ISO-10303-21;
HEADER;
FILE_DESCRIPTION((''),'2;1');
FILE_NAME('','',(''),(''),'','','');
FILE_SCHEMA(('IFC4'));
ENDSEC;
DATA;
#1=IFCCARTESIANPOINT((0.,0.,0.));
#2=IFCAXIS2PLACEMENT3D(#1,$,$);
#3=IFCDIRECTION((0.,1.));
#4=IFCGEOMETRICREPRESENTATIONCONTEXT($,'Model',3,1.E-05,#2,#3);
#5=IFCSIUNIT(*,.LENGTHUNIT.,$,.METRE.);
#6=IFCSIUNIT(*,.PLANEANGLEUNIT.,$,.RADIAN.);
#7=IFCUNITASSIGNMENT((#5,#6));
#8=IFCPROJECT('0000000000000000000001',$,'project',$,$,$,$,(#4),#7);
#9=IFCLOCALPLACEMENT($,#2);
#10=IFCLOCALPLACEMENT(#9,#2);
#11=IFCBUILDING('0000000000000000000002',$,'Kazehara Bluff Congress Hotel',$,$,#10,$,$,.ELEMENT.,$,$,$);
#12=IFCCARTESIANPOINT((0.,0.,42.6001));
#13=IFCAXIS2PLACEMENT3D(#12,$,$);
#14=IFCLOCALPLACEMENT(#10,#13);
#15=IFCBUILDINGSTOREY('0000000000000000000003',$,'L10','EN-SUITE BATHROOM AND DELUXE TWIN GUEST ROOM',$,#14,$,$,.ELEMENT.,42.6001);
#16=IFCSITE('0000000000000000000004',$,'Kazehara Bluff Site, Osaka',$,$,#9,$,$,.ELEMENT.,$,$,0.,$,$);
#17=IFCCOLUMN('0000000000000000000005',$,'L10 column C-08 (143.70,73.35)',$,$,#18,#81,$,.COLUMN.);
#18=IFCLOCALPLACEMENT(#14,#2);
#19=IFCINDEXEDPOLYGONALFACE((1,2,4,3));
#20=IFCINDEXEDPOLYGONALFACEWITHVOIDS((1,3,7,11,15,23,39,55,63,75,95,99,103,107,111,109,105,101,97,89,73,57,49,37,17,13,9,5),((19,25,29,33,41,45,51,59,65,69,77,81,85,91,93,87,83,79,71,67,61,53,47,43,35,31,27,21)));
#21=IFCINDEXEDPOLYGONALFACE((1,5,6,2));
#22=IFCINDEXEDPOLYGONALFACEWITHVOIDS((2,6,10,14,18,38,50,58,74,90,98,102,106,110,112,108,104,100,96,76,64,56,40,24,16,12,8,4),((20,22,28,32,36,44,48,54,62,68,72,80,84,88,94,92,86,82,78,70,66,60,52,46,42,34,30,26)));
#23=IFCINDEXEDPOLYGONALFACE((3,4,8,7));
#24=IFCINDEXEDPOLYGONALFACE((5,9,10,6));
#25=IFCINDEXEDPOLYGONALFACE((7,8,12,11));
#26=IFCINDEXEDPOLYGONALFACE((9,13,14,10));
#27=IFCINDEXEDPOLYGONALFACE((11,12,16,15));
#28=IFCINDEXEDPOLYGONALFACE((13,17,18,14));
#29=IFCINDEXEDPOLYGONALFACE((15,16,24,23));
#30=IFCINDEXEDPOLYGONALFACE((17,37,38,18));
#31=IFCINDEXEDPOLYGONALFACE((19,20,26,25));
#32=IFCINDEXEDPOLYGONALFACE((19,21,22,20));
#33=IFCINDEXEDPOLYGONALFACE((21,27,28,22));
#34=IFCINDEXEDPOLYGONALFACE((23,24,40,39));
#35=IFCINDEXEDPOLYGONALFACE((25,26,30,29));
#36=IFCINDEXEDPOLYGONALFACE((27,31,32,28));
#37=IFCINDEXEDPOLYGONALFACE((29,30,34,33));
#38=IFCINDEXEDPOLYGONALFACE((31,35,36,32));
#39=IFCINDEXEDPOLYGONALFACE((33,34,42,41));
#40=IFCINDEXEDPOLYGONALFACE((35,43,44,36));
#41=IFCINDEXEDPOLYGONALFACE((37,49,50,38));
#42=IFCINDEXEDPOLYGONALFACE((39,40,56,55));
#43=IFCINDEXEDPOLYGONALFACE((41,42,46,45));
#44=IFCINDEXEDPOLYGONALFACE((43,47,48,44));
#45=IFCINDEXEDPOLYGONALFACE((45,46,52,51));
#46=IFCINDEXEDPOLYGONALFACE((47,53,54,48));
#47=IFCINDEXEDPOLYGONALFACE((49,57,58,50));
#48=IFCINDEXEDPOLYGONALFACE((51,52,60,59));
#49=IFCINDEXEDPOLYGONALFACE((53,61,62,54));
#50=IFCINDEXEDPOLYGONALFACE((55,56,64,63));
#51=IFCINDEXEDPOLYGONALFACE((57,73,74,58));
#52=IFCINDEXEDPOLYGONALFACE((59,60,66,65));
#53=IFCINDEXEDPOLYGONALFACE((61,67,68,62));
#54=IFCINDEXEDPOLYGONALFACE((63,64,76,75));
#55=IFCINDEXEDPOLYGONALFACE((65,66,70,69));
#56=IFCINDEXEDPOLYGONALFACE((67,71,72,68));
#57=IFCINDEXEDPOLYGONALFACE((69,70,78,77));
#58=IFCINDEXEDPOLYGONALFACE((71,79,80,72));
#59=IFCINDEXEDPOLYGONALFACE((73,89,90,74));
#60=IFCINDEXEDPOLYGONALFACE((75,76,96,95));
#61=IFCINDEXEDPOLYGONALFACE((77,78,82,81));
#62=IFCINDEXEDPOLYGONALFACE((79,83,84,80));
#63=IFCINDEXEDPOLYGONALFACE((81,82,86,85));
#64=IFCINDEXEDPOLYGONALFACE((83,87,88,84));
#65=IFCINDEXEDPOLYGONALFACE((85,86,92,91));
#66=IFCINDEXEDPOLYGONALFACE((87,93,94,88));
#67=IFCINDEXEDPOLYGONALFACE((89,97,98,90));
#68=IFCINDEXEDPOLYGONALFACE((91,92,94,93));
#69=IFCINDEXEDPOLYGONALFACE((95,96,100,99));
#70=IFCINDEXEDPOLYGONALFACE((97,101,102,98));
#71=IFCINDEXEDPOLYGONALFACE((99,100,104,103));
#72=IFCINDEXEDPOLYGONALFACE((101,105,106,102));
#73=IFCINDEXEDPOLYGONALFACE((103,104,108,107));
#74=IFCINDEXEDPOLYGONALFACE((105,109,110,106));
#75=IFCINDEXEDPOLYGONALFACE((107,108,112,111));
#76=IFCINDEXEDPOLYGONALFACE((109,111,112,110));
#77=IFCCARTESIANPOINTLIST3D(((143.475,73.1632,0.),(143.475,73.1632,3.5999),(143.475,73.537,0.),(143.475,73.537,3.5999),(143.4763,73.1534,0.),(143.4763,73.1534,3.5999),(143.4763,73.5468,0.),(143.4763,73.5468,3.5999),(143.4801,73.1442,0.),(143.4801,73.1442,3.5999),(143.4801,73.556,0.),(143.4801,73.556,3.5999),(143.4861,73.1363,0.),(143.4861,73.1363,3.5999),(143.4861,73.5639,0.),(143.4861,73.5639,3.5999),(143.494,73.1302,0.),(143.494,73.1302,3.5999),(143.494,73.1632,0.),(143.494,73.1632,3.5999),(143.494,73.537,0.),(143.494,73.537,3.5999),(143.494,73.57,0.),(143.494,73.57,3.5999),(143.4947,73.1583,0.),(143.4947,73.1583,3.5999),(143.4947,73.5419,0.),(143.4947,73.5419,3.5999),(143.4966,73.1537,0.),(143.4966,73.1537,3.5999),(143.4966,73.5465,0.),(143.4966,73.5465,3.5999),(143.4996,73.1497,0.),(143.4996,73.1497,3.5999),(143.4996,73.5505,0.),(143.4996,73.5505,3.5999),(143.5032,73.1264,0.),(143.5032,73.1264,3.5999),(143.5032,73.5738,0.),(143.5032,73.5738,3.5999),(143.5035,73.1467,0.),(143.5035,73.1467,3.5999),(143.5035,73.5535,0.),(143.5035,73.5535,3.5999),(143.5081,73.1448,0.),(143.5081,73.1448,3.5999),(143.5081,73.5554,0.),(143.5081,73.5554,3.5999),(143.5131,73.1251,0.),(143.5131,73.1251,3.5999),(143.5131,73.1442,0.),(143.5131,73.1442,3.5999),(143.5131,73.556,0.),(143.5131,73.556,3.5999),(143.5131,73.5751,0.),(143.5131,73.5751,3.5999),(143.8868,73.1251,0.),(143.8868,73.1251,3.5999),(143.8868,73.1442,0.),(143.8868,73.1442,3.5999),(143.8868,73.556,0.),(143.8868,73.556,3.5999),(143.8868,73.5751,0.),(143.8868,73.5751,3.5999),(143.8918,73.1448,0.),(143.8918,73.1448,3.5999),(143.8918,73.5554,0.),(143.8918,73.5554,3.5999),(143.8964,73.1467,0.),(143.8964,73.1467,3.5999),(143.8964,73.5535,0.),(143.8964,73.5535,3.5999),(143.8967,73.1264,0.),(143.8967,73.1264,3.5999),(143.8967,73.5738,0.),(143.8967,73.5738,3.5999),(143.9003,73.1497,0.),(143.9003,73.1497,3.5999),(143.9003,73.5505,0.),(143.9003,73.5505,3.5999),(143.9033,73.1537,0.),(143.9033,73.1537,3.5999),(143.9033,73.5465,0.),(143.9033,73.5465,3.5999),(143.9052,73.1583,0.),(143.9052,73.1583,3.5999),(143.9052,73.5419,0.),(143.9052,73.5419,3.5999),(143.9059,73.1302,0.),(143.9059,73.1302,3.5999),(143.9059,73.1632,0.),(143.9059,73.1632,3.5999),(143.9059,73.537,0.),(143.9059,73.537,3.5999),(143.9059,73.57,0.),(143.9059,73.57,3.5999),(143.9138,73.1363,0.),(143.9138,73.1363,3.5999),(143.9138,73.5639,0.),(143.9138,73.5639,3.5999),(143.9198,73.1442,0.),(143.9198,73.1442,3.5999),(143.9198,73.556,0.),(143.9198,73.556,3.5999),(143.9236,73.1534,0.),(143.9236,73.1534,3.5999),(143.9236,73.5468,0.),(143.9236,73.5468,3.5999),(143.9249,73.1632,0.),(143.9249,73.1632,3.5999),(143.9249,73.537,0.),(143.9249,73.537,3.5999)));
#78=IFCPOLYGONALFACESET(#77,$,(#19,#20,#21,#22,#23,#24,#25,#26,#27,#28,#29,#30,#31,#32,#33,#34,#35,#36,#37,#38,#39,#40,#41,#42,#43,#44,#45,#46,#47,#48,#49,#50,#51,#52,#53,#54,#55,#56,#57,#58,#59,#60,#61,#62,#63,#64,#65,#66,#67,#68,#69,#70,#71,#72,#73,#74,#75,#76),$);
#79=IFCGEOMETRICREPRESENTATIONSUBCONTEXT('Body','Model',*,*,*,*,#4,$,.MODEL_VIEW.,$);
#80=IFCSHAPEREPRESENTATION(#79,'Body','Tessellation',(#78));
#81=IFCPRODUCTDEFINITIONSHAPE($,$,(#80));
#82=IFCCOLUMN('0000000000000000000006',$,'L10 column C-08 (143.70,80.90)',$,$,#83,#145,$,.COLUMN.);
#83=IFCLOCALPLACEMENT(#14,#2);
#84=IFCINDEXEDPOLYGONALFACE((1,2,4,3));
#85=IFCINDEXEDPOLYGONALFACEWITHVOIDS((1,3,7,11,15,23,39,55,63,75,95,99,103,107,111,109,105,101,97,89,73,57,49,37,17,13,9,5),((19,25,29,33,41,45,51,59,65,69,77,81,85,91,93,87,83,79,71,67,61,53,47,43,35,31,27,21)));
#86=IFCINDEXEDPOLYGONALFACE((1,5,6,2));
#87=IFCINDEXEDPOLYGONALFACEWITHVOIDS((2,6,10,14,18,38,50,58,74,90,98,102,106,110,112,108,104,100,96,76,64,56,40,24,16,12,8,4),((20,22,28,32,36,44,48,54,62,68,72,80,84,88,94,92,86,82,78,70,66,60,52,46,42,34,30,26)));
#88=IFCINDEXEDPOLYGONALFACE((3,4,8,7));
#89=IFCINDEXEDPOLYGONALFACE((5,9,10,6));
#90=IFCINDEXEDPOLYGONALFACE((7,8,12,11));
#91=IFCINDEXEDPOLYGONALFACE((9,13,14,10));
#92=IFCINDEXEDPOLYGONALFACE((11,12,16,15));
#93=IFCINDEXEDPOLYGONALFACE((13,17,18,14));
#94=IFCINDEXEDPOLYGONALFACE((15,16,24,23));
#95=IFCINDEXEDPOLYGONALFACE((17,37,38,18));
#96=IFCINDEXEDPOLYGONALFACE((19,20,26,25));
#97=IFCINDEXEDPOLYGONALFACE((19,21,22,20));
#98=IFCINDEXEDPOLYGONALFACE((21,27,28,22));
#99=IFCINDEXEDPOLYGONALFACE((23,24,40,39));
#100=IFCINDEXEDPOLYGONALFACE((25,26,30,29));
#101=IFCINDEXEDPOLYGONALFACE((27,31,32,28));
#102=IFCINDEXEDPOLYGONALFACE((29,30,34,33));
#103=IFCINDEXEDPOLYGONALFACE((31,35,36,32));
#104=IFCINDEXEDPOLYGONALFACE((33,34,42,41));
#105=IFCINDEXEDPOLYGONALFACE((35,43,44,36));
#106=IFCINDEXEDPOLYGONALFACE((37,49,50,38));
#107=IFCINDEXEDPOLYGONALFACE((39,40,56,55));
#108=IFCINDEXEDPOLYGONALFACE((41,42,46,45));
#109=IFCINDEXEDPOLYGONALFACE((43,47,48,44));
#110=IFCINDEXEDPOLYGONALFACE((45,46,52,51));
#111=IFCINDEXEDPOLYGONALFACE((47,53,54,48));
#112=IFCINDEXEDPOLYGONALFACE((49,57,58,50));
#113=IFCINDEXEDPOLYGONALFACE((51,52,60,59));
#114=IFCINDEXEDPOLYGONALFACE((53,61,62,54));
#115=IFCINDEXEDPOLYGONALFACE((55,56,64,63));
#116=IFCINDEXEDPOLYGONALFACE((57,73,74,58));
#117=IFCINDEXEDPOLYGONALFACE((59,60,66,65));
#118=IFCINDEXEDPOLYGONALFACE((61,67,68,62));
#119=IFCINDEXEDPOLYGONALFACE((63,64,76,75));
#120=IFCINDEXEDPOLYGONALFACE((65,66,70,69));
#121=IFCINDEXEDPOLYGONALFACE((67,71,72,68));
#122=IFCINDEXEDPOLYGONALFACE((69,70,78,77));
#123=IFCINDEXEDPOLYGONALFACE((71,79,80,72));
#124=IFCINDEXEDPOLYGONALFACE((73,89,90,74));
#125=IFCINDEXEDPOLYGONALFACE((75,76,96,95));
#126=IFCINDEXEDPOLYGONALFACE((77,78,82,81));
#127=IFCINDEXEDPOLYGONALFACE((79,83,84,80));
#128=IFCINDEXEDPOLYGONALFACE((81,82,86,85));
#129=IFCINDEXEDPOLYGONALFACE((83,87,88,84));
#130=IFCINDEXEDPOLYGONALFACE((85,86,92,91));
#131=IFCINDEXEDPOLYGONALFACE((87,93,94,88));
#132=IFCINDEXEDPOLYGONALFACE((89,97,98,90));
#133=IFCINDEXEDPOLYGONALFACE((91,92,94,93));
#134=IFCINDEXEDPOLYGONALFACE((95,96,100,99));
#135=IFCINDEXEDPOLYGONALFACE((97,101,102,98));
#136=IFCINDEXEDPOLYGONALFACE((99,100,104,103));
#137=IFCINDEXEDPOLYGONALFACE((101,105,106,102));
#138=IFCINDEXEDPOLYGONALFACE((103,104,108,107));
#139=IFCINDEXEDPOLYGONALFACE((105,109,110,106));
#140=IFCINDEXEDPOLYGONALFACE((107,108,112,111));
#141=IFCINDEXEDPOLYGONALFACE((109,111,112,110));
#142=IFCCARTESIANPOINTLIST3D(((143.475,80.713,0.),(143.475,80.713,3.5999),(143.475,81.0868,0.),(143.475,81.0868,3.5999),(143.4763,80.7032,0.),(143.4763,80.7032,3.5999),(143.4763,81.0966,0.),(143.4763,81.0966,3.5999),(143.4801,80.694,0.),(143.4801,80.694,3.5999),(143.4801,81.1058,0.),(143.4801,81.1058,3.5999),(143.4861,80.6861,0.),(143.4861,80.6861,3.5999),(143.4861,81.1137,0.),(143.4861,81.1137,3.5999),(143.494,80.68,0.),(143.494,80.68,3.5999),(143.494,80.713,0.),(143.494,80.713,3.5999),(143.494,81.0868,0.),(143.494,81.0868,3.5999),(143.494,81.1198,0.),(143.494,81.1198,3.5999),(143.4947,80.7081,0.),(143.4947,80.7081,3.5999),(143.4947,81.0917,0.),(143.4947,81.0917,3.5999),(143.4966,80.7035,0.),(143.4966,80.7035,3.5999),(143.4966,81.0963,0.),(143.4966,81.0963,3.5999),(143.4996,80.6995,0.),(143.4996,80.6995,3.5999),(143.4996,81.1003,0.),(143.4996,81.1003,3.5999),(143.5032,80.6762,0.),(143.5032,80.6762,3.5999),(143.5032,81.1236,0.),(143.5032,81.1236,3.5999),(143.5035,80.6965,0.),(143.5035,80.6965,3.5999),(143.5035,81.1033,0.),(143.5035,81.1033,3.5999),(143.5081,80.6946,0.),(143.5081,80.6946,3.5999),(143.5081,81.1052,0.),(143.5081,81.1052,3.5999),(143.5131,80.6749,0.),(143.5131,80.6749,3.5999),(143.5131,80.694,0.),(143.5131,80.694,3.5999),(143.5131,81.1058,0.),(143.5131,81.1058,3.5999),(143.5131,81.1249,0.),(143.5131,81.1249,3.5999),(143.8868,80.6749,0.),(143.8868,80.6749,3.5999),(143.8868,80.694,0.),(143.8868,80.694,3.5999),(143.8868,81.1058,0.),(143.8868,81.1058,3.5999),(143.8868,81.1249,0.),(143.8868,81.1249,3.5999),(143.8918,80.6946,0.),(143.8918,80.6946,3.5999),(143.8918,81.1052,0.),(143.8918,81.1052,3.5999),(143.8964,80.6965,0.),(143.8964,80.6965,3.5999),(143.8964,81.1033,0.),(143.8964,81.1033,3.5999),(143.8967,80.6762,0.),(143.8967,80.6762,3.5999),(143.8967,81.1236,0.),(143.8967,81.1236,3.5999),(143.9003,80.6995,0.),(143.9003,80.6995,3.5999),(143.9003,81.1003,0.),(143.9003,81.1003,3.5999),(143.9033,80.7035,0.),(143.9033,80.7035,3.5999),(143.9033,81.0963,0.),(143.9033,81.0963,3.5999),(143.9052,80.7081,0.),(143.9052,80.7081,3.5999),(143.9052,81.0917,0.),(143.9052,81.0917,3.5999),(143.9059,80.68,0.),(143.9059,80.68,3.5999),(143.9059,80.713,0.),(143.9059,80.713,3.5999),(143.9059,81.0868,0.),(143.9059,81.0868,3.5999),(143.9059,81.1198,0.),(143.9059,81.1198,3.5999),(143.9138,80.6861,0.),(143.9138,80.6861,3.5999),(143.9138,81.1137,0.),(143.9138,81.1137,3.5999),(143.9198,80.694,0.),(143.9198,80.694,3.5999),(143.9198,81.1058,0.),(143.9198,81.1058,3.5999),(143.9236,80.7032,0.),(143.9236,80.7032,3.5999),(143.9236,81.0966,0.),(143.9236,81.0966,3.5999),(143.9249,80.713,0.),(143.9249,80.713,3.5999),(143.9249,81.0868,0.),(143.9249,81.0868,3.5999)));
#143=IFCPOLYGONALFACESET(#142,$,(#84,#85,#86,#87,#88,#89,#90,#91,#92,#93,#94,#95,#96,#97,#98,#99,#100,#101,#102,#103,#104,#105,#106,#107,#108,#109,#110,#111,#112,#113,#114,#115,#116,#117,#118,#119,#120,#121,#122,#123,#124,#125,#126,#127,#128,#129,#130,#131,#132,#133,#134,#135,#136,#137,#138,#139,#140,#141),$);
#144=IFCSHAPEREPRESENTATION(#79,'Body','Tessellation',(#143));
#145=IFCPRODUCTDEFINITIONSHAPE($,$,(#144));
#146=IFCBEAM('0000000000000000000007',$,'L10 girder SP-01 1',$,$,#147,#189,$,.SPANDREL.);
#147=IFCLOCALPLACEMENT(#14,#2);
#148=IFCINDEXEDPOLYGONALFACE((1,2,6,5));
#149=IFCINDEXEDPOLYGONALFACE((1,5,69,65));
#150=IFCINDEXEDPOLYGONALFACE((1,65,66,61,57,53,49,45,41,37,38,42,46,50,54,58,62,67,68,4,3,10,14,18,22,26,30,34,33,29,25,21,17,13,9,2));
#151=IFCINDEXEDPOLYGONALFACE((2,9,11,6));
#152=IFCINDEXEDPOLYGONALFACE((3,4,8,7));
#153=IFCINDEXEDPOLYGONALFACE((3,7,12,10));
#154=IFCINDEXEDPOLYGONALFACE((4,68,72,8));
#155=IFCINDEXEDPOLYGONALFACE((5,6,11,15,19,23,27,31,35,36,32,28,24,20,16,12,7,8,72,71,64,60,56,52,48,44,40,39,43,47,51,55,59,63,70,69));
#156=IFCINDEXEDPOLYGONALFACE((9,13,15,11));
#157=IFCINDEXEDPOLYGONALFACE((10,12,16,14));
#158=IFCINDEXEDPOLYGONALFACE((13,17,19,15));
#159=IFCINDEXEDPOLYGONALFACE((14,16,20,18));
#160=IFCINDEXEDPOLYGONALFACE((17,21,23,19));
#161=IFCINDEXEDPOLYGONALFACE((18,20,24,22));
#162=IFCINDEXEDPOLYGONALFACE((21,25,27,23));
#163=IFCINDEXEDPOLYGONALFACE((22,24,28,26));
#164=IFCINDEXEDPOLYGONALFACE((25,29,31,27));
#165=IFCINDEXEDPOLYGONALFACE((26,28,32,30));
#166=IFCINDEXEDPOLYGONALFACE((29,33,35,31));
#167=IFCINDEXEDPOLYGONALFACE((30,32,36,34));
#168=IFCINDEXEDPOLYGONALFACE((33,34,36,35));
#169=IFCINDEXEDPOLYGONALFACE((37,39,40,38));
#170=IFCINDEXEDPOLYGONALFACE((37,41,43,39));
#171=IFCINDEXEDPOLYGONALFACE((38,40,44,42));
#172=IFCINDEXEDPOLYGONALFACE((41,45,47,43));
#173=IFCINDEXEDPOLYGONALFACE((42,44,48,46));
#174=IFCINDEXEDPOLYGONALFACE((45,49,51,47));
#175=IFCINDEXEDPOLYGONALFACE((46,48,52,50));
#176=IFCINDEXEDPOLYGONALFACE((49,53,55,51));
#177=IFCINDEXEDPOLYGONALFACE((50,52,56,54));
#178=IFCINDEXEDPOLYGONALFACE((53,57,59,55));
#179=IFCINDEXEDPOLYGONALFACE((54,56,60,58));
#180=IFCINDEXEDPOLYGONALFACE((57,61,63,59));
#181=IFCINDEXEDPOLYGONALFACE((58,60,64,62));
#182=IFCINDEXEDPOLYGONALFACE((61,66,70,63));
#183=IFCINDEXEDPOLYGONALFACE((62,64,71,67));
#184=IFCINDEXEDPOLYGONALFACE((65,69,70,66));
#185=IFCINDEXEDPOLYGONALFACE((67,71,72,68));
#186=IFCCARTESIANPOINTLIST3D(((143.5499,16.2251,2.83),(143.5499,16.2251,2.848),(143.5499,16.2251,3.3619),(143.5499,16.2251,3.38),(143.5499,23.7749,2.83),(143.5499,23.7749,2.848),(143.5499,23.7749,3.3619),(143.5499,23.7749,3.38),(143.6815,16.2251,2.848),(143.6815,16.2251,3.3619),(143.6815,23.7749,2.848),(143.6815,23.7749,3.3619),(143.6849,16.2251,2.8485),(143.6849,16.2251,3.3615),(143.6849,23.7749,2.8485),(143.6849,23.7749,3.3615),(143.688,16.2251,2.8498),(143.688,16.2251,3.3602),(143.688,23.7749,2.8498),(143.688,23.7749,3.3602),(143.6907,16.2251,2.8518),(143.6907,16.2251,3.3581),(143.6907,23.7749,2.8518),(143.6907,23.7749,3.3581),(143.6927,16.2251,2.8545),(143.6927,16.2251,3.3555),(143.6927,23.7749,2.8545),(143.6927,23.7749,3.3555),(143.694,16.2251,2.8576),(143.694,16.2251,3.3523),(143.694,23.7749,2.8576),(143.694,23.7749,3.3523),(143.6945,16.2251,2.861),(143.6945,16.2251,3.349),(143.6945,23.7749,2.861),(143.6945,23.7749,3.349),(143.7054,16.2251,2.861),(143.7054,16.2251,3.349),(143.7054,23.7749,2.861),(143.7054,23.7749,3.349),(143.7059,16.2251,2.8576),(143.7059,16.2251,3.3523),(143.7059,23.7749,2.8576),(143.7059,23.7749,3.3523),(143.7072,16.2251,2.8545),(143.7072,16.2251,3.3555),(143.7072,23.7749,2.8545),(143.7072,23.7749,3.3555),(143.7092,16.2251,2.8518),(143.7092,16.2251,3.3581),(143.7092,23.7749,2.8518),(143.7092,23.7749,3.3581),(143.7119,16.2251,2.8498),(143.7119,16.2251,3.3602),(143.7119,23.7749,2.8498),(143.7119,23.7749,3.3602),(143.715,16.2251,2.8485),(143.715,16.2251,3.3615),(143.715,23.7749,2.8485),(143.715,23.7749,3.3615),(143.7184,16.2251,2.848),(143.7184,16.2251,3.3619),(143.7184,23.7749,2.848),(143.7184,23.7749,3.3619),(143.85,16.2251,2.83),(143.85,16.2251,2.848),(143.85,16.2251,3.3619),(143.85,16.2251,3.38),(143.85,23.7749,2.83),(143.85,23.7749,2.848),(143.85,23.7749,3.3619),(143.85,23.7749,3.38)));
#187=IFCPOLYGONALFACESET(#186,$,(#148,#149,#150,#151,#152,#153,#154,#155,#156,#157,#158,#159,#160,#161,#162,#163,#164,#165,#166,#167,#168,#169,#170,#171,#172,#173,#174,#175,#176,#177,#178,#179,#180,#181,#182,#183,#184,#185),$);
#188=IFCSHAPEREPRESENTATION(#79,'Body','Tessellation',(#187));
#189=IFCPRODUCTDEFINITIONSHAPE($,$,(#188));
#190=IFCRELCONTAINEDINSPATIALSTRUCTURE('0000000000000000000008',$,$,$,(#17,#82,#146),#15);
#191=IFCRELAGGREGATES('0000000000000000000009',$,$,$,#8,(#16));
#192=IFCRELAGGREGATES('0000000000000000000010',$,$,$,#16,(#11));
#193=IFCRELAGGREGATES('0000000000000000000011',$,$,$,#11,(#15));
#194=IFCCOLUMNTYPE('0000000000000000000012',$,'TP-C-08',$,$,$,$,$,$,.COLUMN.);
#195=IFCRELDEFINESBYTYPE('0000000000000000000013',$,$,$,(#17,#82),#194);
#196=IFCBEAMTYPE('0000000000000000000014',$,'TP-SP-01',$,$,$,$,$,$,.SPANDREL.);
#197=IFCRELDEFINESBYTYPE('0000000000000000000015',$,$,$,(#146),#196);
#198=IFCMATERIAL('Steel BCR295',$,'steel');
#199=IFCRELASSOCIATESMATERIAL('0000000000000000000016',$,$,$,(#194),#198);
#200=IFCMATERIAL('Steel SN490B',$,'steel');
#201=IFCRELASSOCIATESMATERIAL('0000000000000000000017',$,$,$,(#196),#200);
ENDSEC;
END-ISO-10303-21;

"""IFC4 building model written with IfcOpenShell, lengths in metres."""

from ifc_helpers import new_model, si_unit, direction, frame, origin, origin_2d, place, context, subcontext, project, spatial, hollow_rectangle, i_section, extrude, material, material_profile, profile_set, type_object, element, save


model = new_model("IFC4")

# Units and contexts
model_context = context("Model", 3, precision=1e-05, world=origin(), true_north=direction((0.0, 1.0)))
body_context = subcontext(model_context, "Body", "Model", "MODEL_VIEW")
ifc_project = project(units=[si_unit("LENGTHUNIT", "METRE"), si_unit("PLANEANGLEUNIT", "RADIAN")], contexts=[model_context])

# Site, building, storey
site_placement = place(None, origin())
site = spatial("IfcSite", under=ifc_project, at=site_placement, Name="Kazehara Bluff Site, Osaka", CompositionType="ELEMENT", RefElevation=0.0)
building_placement = place(site_placement, origin())
building = spatial("IfcBuilding", under=site, at=building_placement, Name="Kazehara Bluff Congress Hotel", CompositionType="ELEMENT")
storey_placement = place(building_placement, frame((0.0, 0.0, 42.6001)))
storey = spatial("IfcBuildingStorey", under=building, at=storey_placement, Name="L10", Description="EN-SUITE BATHROOM AND DELUXE TWIN GUEST ROOM", CompositionType="ELEMENT", Elevation=42.6001)

# Columns
ifc_material_1 = material(Name="Steel BCR295", Category="steel")
ifc_material_profile_1 = material_profile(ifc_material_1, hollow_rectangle(XDim=0.45, YDim=0.45, WallThickness=0.019, InnerFilletRadius=0.019, OuterFilletRadius=0.0381, at=origin_2d()))
ifc_profile_set_1 = profile_set([ifc_material_profile_1], Name="Steel BCR295")
column_type = type_object("IfcColumnType", Name="TP-C-08", PredefinedType="COLUMN", material=ifc_profile_set_1)
for number, where, z_axis, x_axis, name in (
    (1, (143.7, 73.3501, 0.0), (0.0, 0.0, 1.0), (1.0, 0.0, 0.0), "L10 column C-08 (143.70,73.35)"),
    (2, (143.7, 80.8999, 0.0), (0.0, 0.0, 1.0), (1.0, 0.0, 0.0), "L10 column C-08 (143.70,80.90)"),
):
    element("IfcColumn", number, at=place(storey_placement, frame(where, z_axis=z_axis, x_axis=x_axis)), inside=storey, type_object=column_type, Name=name, PredefinedType="COLUMN", context=body_context, shape_type="SweptSolid", body=[
        extrude(hollow_rectangle(XDim=0.45, YDim=0.45, WallThickness=0.019, InnerFilletRadius=0.019, OuterFilletRadius=0.0381, at=origin_2d()), origin(), (0.0, 0.0, 1.0), 3.5999),
    ])

# Beam
ifc_material_2 = material(Name="Steel SN490B", Category="steel")
ifc_material_profile_2 = material_profile(ifc_material_2, i_section(OverallWidth=0.3, OverallDepth=0.55, WebThickness=0.011, FlangeThickness=0.0181, FilletRadius=0.0129, at=origin_2d()))
ifc_profile_set_2 = profile_set([ifc_material_profile_2], Name="Steel SN490B")
beam_type = type_object("IfcBeamType", Name="TP-SP-01", PredefinedType="SPANDREL", material=ifc_profile_set_2)
beam_placement = place(storey_placement, frame((143.7, 16.2251, 3.105), z_axis=(0.0, 1.0, 0.0), x_axis=(-1.0, 0.0, 0.0)))
element("IfcBeam", 3, at=beam_placement, inside=storey, type_object=beam_type, Name="L10 girder SP-01 1", PredefinedType="SPANDREL", context=body_context, shape_type="SweptSolid", body=[
    extrude(i_section(OverallWidth=0.3, OverallDepth=0.55, WebThickness=0.011, FlangeThickness=0.0181, FilletRadius=0.0129, at=origin_2d()), origin(), (0.0, 0.0, 1.0), 7.5498),
])

save(model, "model.ifc")
